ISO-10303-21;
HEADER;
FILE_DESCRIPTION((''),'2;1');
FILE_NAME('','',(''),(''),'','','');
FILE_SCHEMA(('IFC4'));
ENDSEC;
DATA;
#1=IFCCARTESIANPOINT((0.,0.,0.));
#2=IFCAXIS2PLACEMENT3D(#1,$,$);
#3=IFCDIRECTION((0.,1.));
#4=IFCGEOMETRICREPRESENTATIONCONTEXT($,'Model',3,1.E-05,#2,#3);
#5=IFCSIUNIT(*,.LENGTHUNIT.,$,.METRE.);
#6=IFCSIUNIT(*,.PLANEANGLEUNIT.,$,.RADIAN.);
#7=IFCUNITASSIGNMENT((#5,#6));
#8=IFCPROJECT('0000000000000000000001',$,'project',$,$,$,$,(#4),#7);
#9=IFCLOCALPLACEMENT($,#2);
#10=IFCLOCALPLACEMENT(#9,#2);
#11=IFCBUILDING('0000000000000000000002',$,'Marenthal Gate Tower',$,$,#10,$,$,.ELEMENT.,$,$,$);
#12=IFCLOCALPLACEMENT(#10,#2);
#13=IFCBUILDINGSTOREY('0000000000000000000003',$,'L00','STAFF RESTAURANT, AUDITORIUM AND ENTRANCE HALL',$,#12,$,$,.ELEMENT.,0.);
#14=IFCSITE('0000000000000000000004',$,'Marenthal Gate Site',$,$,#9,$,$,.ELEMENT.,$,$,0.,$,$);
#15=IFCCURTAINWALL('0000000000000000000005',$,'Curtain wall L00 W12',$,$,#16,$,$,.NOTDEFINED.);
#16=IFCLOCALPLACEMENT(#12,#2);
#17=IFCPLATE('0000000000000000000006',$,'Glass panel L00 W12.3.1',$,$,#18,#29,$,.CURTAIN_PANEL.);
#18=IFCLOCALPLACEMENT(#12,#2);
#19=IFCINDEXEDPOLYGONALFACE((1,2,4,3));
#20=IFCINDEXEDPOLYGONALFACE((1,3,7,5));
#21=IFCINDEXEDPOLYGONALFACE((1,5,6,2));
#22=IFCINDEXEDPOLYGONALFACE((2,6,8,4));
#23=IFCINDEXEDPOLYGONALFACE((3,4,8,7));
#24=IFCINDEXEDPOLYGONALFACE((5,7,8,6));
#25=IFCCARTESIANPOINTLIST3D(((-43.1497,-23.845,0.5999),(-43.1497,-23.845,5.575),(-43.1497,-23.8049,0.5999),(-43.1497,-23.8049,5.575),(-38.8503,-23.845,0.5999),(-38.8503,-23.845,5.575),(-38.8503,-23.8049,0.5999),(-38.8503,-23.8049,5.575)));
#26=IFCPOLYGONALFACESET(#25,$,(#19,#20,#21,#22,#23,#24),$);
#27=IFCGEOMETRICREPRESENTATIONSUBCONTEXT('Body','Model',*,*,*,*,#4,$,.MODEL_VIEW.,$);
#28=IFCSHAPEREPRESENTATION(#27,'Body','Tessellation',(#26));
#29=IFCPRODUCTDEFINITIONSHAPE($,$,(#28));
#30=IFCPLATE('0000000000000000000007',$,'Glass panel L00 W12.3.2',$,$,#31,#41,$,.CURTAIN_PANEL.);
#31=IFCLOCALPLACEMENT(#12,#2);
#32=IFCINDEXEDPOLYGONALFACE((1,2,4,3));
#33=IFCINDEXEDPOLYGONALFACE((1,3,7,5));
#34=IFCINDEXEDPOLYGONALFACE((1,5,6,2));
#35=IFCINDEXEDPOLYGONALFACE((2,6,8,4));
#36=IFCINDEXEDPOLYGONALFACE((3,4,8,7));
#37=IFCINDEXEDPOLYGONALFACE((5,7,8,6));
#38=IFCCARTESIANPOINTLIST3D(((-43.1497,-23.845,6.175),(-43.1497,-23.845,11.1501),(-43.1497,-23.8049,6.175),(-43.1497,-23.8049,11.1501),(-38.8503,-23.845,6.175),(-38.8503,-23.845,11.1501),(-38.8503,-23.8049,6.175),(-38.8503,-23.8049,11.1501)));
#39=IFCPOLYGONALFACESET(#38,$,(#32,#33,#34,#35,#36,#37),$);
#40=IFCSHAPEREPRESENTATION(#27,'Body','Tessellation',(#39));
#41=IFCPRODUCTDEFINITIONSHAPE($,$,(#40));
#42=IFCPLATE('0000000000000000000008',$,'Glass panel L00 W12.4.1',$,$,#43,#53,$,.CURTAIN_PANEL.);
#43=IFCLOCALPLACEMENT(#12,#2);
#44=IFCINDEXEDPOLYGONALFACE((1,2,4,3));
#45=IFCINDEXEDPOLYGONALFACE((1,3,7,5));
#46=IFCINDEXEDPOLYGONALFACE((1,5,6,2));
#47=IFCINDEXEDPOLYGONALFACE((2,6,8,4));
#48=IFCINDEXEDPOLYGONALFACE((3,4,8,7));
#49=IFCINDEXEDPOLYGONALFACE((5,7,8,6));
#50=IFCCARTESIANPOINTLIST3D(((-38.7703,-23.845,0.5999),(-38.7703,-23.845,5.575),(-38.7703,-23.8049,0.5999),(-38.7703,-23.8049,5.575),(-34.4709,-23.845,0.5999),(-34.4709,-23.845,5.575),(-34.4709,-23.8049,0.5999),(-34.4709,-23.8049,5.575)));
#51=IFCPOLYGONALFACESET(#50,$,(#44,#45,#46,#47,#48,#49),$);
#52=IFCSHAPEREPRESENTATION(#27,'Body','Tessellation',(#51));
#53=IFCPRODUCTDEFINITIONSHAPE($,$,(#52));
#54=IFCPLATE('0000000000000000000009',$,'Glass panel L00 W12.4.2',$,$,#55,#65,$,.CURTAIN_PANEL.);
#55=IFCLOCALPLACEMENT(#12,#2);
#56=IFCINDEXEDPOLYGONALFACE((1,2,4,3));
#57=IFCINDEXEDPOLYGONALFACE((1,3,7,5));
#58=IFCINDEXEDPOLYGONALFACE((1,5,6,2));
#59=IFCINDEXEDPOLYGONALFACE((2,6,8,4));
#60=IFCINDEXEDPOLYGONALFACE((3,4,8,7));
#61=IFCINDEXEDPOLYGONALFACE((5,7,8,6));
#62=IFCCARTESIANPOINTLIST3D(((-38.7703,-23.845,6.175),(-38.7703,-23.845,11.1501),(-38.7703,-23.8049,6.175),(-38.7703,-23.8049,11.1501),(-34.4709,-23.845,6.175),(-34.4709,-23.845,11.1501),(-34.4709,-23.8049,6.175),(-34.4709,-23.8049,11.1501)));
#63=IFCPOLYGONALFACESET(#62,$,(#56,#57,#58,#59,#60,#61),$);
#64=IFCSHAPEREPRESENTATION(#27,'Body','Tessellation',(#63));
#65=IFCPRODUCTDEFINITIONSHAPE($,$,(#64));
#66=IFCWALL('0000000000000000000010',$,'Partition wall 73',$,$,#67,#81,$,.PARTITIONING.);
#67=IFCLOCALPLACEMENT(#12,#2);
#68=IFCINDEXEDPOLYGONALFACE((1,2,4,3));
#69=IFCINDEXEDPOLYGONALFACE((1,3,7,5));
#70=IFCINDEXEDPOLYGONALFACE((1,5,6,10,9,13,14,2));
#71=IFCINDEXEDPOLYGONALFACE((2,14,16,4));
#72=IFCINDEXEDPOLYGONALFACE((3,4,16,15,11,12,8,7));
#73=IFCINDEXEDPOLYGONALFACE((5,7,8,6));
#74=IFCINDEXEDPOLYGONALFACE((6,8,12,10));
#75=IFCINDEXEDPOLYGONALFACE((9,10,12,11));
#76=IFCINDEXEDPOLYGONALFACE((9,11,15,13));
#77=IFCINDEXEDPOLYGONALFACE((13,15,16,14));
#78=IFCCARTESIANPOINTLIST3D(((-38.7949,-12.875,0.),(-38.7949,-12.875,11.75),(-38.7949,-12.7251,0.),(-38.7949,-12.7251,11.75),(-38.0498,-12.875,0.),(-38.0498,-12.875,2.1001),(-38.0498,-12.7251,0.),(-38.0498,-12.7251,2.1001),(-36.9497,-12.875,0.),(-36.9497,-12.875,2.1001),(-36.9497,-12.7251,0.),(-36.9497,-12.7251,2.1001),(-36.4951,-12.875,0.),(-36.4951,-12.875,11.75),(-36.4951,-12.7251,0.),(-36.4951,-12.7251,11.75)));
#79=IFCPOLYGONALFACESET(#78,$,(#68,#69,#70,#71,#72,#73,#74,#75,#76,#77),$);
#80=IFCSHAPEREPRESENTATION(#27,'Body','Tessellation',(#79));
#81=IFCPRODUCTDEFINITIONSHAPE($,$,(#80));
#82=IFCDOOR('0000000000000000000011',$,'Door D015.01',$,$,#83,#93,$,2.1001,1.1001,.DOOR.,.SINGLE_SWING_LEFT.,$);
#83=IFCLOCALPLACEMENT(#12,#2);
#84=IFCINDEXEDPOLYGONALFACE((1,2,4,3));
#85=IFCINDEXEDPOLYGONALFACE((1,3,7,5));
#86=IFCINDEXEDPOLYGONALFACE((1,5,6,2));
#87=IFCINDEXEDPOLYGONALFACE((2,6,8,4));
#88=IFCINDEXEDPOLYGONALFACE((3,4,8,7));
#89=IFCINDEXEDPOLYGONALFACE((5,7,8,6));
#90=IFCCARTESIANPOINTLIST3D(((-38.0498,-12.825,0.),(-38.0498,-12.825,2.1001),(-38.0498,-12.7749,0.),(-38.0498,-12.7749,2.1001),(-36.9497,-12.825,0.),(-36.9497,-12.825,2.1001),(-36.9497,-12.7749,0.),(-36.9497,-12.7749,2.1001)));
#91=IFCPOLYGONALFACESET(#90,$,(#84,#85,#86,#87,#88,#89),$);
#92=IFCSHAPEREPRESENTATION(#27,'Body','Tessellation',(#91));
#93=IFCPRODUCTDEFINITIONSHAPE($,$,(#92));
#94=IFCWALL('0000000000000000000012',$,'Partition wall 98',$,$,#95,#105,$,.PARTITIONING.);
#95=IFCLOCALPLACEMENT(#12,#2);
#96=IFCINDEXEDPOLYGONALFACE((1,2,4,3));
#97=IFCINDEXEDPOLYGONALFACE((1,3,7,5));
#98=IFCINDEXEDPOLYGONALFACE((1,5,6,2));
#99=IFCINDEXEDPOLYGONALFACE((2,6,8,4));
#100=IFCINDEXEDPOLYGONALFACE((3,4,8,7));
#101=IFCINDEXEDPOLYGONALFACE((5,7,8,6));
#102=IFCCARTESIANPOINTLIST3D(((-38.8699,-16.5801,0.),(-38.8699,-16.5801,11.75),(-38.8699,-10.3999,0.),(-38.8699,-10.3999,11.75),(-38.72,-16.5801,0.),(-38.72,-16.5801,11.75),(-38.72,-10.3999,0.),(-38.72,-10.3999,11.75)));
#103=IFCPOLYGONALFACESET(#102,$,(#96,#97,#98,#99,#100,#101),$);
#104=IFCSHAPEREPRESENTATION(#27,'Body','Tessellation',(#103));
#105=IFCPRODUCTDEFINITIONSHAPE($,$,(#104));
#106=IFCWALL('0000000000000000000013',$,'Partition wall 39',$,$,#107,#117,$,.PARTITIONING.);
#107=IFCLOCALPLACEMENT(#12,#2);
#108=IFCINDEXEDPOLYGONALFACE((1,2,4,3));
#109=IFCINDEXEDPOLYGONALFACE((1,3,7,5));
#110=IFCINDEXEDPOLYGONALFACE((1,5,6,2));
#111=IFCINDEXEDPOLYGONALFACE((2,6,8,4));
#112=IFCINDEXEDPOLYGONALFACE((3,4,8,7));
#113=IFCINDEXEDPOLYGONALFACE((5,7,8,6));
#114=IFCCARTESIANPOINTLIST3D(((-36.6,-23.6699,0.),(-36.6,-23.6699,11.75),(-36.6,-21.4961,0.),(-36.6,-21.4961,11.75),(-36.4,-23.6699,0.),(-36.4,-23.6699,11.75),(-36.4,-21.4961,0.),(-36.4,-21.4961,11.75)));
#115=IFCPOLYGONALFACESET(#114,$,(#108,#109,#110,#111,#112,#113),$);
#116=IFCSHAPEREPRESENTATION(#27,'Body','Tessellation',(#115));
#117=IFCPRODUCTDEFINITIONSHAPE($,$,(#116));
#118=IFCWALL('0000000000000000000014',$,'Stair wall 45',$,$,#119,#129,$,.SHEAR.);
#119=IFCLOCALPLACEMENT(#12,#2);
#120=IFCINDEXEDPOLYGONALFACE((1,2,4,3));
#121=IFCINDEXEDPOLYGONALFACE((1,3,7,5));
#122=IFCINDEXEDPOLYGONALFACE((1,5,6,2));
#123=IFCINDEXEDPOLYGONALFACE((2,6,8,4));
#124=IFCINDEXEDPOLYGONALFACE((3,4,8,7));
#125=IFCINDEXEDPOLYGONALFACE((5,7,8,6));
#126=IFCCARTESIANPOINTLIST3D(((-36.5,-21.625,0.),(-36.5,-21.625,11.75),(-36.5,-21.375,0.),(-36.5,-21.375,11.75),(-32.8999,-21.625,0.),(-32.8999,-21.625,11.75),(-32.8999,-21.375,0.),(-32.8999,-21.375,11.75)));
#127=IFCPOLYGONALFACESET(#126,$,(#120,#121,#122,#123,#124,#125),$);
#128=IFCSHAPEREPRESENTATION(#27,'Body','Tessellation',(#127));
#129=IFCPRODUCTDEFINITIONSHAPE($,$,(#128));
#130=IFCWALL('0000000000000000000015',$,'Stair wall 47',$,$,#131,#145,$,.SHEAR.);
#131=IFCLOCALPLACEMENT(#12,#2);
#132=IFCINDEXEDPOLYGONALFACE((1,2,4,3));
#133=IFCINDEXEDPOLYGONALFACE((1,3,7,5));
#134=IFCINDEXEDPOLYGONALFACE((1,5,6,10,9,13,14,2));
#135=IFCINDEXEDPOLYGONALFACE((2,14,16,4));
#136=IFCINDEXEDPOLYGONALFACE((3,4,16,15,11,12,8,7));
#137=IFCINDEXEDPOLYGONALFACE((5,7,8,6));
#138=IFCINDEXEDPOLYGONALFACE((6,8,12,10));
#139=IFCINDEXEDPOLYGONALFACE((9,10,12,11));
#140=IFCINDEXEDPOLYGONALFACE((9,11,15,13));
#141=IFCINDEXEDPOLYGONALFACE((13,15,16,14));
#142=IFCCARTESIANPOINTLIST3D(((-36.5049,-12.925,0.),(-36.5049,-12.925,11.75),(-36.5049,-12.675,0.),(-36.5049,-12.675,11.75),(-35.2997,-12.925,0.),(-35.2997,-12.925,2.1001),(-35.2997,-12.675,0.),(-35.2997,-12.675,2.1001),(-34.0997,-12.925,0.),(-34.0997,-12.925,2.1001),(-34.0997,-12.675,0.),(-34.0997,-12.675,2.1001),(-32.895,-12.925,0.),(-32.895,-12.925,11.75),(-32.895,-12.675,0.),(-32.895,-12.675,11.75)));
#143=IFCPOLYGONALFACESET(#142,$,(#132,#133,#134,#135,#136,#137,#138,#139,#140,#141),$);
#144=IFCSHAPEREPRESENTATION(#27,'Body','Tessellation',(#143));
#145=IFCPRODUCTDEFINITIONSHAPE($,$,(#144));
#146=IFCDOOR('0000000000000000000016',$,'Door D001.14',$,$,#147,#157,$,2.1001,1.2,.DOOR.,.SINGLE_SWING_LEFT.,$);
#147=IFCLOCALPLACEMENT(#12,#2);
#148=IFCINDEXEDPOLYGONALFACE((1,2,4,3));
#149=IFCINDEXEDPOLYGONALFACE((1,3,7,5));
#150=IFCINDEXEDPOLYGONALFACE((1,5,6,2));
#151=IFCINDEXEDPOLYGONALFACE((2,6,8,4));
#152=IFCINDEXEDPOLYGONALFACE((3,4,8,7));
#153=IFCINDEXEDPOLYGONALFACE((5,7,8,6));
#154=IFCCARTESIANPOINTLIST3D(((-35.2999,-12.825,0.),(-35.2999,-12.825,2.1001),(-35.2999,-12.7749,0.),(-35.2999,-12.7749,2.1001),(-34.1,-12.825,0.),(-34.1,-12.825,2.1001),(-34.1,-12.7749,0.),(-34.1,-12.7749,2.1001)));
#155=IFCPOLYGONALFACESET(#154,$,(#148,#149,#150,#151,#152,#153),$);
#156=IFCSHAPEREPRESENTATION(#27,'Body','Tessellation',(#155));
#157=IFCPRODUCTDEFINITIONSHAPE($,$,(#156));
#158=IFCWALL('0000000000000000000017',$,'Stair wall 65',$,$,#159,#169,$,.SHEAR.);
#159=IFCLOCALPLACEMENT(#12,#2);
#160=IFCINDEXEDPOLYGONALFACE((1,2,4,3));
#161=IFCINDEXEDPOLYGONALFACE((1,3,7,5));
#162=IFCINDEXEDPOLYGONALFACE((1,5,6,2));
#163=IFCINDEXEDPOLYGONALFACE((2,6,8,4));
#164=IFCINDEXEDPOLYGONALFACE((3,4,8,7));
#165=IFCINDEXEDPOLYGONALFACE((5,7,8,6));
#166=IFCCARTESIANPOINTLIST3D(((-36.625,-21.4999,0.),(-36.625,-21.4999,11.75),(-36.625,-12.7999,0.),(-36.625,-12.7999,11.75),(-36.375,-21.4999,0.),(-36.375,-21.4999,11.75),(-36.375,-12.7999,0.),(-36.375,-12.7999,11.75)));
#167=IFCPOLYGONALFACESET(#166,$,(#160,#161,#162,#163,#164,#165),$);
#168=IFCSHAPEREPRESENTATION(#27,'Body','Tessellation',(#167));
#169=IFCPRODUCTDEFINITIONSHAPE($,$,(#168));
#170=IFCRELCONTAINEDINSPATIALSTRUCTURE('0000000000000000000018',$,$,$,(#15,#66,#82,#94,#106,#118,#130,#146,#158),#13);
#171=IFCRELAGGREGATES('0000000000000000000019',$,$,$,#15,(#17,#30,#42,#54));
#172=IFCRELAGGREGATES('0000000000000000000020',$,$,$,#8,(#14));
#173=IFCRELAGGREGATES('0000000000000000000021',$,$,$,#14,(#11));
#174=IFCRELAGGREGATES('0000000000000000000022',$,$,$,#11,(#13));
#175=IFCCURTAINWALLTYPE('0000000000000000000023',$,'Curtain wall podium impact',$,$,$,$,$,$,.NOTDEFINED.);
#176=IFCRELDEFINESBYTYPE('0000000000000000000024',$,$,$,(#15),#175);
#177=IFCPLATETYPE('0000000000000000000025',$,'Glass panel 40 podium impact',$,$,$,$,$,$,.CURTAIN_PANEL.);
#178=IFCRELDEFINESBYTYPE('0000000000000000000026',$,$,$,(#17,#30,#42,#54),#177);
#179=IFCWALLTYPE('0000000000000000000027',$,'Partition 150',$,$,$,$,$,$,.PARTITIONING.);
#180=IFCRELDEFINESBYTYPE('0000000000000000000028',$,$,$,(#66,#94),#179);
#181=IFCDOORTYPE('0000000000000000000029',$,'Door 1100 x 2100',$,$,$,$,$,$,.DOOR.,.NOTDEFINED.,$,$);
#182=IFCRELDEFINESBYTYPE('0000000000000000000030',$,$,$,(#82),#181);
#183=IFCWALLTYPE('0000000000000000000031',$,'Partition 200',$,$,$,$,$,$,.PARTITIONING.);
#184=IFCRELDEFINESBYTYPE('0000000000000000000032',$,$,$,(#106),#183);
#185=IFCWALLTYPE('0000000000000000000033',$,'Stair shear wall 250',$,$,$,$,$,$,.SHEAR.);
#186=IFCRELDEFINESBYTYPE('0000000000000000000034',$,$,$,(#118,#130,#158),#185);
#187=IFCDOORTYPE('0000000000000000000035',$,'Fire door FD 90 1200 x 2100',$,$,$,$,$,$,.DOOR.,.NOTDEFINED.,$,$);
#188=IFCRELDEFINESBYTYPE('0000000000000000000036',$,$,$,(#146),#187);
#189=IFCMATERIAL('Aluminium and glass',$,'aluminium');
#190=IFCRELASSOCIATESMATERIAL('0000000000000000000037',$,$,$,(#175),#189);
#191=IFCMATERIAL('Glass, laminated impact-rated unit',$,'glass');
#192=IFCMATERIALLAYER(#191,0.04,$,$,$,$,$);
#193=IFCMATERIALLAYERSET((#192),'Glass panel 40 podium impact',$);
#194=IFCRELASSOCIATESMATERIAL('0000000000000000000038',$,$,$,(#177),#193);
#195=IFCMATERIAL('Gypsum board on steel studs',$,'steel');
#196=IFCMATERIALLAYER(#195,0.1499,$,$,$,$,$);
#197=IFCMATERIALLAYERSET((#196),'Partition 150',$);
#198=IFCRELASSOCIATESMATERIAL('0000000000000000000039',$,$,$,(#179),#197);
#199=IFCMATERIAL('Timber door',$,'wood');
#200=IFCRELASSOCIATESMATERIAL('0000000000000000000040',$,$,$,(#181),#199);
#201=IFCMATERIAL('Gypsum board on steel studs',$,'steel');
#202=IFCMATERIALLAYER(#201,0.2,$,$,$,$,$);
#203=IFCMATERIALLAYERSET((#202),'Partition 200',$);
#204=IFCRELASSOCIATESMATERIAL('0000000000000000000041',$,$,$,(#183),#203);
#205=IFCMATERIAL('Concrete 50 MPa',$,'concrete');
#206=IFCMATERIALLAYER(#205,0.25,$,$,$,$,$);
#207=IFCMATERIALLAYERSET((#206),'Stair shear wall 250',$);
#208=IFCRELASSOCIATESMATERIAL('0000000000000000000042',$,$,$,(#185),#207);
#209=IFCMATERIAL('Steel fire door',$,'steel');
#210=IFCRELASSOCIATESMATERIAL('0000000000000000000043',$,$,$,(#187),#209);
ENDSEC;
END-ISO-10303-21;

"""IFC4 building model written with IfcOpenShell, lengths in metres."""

from ifc_helpers import new_model, si_unit, direction, frame, frame_2d, origin, origin_2d, place, context, subcontext, project, spatial, rectangle, extrude, material, layer, layer_set, type_object, element, fill, aggregate, save


model = new_model("IFC4")

# Units and contexts
model_context = context("Model", 3, precision=1e-05, world=origin(), true_north=direction((0.0, 1.0)))
body_context = subcontext(model_context, "Body", "Model", "MODEL_VIEW")
ifc_project = project(units=[si_unit("LENGTHUNIT", "METRE"), si_unit("PLANEANGLEUNIT", "RADIAN")], contexts=[model_context])

# Site, building, storey
site_placement = place(None, origin())
site = spatial("IfcSite", under=ifc_project, at=site_placement, Name="Marenthal Gate Site", CompositionType="ELEMENT", RefElevation=0.0)
building_placement = place(site_placement, origin())
building = spatial("IfcBuilding", under=site, at=building_placement, Name="Marenthal Gate Tower", CompositionType="ELEMENT")
storey_placement = place(building_placement, origin())
storey = spatial("IfcBuildingStorey", under=building, at=storey_placement, Name="L00", Description="STAFF RESTAURANT, AUDITORIUM AND ENTRANCE HALL", CompositionType="ELEMENT", Elevation=0.0)

# Curtain wall
ifc_material_1 = material(Name="Aluminium and glass", Category="aluminium")
curtain_wall_type = type_object("IfcCurtainWallType", Name="Curtain wall podium impact", PredefinedType="NOTDEFINED", material=ifc_material_1)
curtain_wall_placement = place(storey_placement, origin())
curtain_wall = element("IfcCurtainWall", 1, at=curtain_wall_placement, inside=storey, type_object=curtain_wall_type, Name="Curtain wall L00 W12", PredefinedType="NOTDEFINED")

# Plates
ifc_material_2 = material(Name="Glass, laminated impact-rated unit", Category="glass")
ifc_layer_1 = layer(ifc_material_2, 0.04)
ifc_layer_set_1 = layer_set([ifc_layer_1], Name="Glass panel 40 podium impact")
plate_type = type_object("IfcPlateType", Name="Glass panel 40 podium impact", PredefinedType="CURTAIN_PANEL", material=ifc_layer_set_1)
plate_1_placement = place(storey_placement, frame((-41.0, -23.825, 0.5999), z_axis=(0.0, 0.0, 1.0), x_axis=(1.0, 0.0, 0.0)))
plate_1 = element("IfcPlate", 2, at=plate_1_placement, type_object=plate_type, Name="Glass panel L00 W12.3.1", PredefinedType="CURTAIN_PANEL", context=body_context, shape_type="SweptSolid", body=[
    extrude(rectangle(XDim=4.2993, YDim=0.04, at=origin_2d()), origin(), (0.0, 0.0, 1.0), 4.9751),
])
plate_2_placement = place(storey_placement, frame((-41.0, -23.825, 6.175), z_axis=(0.0, 0.0, 1.0), x_axis=(1.0, 0.0, 0.0)))
plate_2 = element("IfcPlate", 3, at=plate_2_placement, type_object=plate_type, Name="Glass panel L00 W12.3.2", PredefinedType="CURTAIN_PANEL", context=body_context, shape_type="SweptSolid", body=[
    extrude(rectangle(XDim=4.2993, YDim=0.04, at=origin_2d()), origin(), (0.0, 0.0, 1.0), 4.9751),
])
plate_3_placement = place(storey_placement, frame((-36.6206, -23.825, 0.5999), z_axis=(0.0, 0.0, 1.0), x_axis=(1.0, 0.0, 0.0)))
plate_3 = element("IfcPlate", 4, at=plate_3_placement, type_object=plate_type, Name="Glass panel L00 W12.4.1", PredefinedType="CURTAIN_PANEL", context=body_context, shape_type="SweptSolid", body=[
    extrude(rectangle(XDim=4.2993, YDim=0.04, at=origin_2d()), origin(), (0.0, 0.0, 1.0), 4.9751),
])
plate_4_placement = place(storey_placement, frame((-36.6206, -23.825, 6.175), z_axis=(0.0, 0.0, 1.0), x_axis=(1.0, 0.0, 0.0)))
plate_4 = element("IfcPlate", 5, at=plate_4_placement, type_object=plate_type, Name="Glass panel L00 W12.4.2", PredefinedType="CURTAIN_PANEL", context=body_context, shape_type="SweptSolid", body=[
    extrude(rectangle(XDim=4.2993, YDim=0.04, at=origin_2d()), origin(), (0.0, 0.0, 1.0), 4.9751),
])
aggregate(curtain_wall, [plate_1, plate_2, plate_3, plate_4])

# Wall, opening, door
ifc_material_3 = material(Name="Gypsum board on steel studs", Category="steel")
ifc_layer_2 = layer(ifc_material_3, 0.1499)
ifc_layer_set_2 = layer_set([ifc_layer_2], Name="Partition 150")
wall_type_1 = type_object("IfcWallType", Name="Partition 150", PredefinedType="PARTITIONING", material=ifc_layer_set_2)
wall_1_placement = place(storey_placement, frame((-38.7949, -12.8, 0.0), z_axis=(0.0, 0.0, 1.0), x_axis=(1.0, 0.0, 0.0)))
wall_1 = element("IfcWall", 6, at=wall_1_placement, inside=storey, type_object=wall_type_1, Name="Partition wall 73", PredefinedType="PARTITIONING", context=body_context, shape_type="SweptSolid", body=[
    extrude(rectangle(XDim=2.2998, YDim=0.1499, at=frame_2d((1.1499, 0.0))), origin(), (0.0, 0.0, 1.0), 11.75),
])
opening_1_placement = place(wall_1_placement, frame((0.7451, 0.0, 0.0)))
opening_1 = element("IfcOpeningElement", 7, at=opening_1_placement, cuts=wall_1, PredefinedType="OPENING", context=body_context, shape_type="SweptSolid", body=[
    extrude(rectangle(XDim=1.1001, YDim=2.1001, at=frame_2d((0.55, 1.05))), frame((0.0, 0.085, 0.0), z_axis=(0.0, -1.0, 0.0), x_axis=(1.0, 0.0, 0.0)), (0.0, 0.0, 1.0), 0.1699),
])
ifc_material_4 = material(Name="Timber door", Category="wood")
door_type_1 = type_object("IfcDoorType", Name="Door 1100 x 2100", OperationType="NOTDEFINED", PredefinedType="DOOR", material=ifc_material_4)
door_1_placement = place(opening_1_placement, frame((1.1001, 0.0, 0.0), z_axis=(0.0, 0.0, 1.0), x_axis=(-1.0, 0.0, 0.0)))
door_1 = element("IfcDoor", 8, at=door_1_placement, inside=storey, type_object=door_type_1, Name="Door D015.01", OperationType="SINGLE_SWING_LEFT", OverallHeight=2.1001, OverallWidth=1.1001, PredefinedType="DOOR", context=body_context, shape_type="SweptSolid", body=[
    extrude(rectangle(XDim=1.1001, YDim=2.1001, at=frame_2d((0.55, 1.05))), frame((0.0, 0.0249, 0.0), z_axis=(0.0, -1.0, 0.0), x_axis=(1.0, 0.0, 0.0)), (0.0, 0.0, 1.0), 0.05),
])
fill(opening_1, door_1)

# Walls
wall_2_placement = place(storey_placement, frame((-38.7949, -16.5801, 0.0), z_axis=(0.0, 0.0, 1.0), x_axis=(0.0, 1.0, 0.0)))
element("IfcWall", 9, at=wall_2_placement, inside=storey, type_object=wall_type_1, Name="Partition wall 98", PredefinedType="PARTITIONING", context=body_context, shape_type="SweptSolid", body=[
    extrude(rectangle(XDim=6.1802, YDim=0.1499, at=frame_2d((3.0901, 0.0))), origin(), (0.0, 0.0, 1.0), 11.75),
])
ifc_material_5 = material(Name="Gypsum board on steel studs", Category="steel")
ifc_layer_3 = layer(ifc_material_5, 0.2)
ifc_layer_set_3 = layer_set([ifc_layer_3], Name="Partition 200")
wall_type_2 = type_object("IfcWallType", Name="Partition 200", PredefinedType="PARTITIONING", material=ifc_layer_set_3)
wall_3_placement = place(storey_placement, frame((-36.5, -23.6699, 0.0), z_axis=(0.0, 0.0, 1.0), x_axis=(0.0, 1.0, 0.0)))
element("IfcWall", 10, at=wall_3_placement, inside=storey, type_object=wall_type_2, Name="Partition wall 39", PredefinedType="PARTITIONING", context=body_context, shape_type="SweptSolid", body=[
    extrude(rectangle(XDim=2.1738, YDim=0.2, at=frame_2d((1.0869, 0.0))), origin(), (0.0, 0.0, 1.0), 11.75),
])
ifc_material_6 = material(Name="Concrete 50 MPa", Category="concrete")
ifc_layer_4 = layer(ifc_material_6, 0.25)
ifc_layer_set_4 = layer_set([ifc_layer_4], Name="Stair shear wall 250")
wall_type_3 = type_object("IfcWallType", Name="Stair shear wall 250", PredefinedType="SHEAR", material=ifc_layer_set_4)
wall_4_placement = place(storey_placement, frame((-36.5, -21.5, 0.0), z_axis=(0.0, 0.0, 1.0), x_axis=(1.0, 0.0, 0.0)))
element("IfcWall", 11, at=wall_4_placement, inside=storey, type_object=wall_type_3, Name="Stair wall 45", PredefinedType="SHEAR", context=body_context, shape_type="SweptSolid", body=[
    extrude(rectangle(XDim=3.6001, YDim=0.25, at=frame_2d((1.8, 0.0))), origin(), (0.0, 0.0, 1.0), 11.75),
])

# Wall, opening, door
wall_5_placement = place(storey_placement, frame((-36.5049, -12.8, 0.0), z_axis=(0.0, 0.0, 1.0), x_axis=(1.0, 0.0, 0.0)))
wall_5 = element("IfcWall", 12, at=wall_5_placement, inside=storey, type_object=wall_type_3, Name="Stair wall 47", PredefinedType="SHEAR", context=body_context, shape_type="SweptSolid", body=[
    extrude(rectangle(XDim=3.6099, YDim=0.25, at=frame_2d((1.8049, 0.0))), origin(), (0.0, 0.0, 1.0), 11.75),
])
opening_2_placement = place(wall_5_placement, frame((1.2051, 0.0, 0.0)))
opening_2 = element("IfcOpeningElement", 13, at=opening_2_placement, cuts=wall_5, PredefinedType="OPENING", context=body_context, shape_type="SweptSolid", body=[
    extrude(rectangle(XDim=1.2, YDim=2.1001, at=frame_2d((0.6001, 1.05))), frame((0.0, 0.135, 0.0), z_axis=(0.0, -1.0, 0.0), x_axis=(1.0, 0.0, 0.0)), (0.0, 0.0, 1.0), 0.27),
])
ifc_material_7 = material(Name="Steel fire door", Category="steel")
door_type_2 = type_object("IfcDoorType", Name="Fire door FD 90 1200 x 2100", OperationType="NOTDEFINED", PredefinedType="DOOR", material=ifc_material_7)
door_2_placement = place(opening_2_placement, frame((1.2, 0.0, 0.0), z_axis=(0.0, 0.0, 1.0), x_axis=(-1.0, 0.0, 0.0)))
door_2 = element("IfcDoor", 14, at=door_2_placement, inside=storey, type_object=door_type_2, Name="Door D001.14", OperationType="SINGLE_SWING_LEFT", OverallHeight=2.1001, OverallWidth=1.2, PredefinedType="DOOR", context=body_context, shape_type="SweptSolid", body=[
    extrude(rectangle(XDim=1.2, YDim=2.1001, at=frame_2d((0.6001, 1.05))), frame((0.0, 0.0249, 0.0), z_axis=(0.0, -1.0, 0.0), x_axis=(1.0, 0.0, 0.0)), (0.0, 0.0, 1.0), 0.05),
])
fill(opening_2, door_2)

# Wall
wall_6_placement = place(storey_placement, frame((-36.5, -21.5, 0.0), z_axis=(0.0, 0.0, 1.0), x_axis=(0.0, 1.0, 0.0)))
element("IfcWall", 15, at=wall_6_placement, inside=storey, type_object=wall_type_3, Name="Stair wall 65", PredefinedType="SHEAR", context=body_context, shape_type="SweptSolid", body=[
    extrude(rectangle(XDim=8.7, YDim=0.25, at=frame_2d((4.3501, 0.0))), origin(), (0.0, 0.0, 1.0), 11.75),
])

save(model, "model.ifc")
